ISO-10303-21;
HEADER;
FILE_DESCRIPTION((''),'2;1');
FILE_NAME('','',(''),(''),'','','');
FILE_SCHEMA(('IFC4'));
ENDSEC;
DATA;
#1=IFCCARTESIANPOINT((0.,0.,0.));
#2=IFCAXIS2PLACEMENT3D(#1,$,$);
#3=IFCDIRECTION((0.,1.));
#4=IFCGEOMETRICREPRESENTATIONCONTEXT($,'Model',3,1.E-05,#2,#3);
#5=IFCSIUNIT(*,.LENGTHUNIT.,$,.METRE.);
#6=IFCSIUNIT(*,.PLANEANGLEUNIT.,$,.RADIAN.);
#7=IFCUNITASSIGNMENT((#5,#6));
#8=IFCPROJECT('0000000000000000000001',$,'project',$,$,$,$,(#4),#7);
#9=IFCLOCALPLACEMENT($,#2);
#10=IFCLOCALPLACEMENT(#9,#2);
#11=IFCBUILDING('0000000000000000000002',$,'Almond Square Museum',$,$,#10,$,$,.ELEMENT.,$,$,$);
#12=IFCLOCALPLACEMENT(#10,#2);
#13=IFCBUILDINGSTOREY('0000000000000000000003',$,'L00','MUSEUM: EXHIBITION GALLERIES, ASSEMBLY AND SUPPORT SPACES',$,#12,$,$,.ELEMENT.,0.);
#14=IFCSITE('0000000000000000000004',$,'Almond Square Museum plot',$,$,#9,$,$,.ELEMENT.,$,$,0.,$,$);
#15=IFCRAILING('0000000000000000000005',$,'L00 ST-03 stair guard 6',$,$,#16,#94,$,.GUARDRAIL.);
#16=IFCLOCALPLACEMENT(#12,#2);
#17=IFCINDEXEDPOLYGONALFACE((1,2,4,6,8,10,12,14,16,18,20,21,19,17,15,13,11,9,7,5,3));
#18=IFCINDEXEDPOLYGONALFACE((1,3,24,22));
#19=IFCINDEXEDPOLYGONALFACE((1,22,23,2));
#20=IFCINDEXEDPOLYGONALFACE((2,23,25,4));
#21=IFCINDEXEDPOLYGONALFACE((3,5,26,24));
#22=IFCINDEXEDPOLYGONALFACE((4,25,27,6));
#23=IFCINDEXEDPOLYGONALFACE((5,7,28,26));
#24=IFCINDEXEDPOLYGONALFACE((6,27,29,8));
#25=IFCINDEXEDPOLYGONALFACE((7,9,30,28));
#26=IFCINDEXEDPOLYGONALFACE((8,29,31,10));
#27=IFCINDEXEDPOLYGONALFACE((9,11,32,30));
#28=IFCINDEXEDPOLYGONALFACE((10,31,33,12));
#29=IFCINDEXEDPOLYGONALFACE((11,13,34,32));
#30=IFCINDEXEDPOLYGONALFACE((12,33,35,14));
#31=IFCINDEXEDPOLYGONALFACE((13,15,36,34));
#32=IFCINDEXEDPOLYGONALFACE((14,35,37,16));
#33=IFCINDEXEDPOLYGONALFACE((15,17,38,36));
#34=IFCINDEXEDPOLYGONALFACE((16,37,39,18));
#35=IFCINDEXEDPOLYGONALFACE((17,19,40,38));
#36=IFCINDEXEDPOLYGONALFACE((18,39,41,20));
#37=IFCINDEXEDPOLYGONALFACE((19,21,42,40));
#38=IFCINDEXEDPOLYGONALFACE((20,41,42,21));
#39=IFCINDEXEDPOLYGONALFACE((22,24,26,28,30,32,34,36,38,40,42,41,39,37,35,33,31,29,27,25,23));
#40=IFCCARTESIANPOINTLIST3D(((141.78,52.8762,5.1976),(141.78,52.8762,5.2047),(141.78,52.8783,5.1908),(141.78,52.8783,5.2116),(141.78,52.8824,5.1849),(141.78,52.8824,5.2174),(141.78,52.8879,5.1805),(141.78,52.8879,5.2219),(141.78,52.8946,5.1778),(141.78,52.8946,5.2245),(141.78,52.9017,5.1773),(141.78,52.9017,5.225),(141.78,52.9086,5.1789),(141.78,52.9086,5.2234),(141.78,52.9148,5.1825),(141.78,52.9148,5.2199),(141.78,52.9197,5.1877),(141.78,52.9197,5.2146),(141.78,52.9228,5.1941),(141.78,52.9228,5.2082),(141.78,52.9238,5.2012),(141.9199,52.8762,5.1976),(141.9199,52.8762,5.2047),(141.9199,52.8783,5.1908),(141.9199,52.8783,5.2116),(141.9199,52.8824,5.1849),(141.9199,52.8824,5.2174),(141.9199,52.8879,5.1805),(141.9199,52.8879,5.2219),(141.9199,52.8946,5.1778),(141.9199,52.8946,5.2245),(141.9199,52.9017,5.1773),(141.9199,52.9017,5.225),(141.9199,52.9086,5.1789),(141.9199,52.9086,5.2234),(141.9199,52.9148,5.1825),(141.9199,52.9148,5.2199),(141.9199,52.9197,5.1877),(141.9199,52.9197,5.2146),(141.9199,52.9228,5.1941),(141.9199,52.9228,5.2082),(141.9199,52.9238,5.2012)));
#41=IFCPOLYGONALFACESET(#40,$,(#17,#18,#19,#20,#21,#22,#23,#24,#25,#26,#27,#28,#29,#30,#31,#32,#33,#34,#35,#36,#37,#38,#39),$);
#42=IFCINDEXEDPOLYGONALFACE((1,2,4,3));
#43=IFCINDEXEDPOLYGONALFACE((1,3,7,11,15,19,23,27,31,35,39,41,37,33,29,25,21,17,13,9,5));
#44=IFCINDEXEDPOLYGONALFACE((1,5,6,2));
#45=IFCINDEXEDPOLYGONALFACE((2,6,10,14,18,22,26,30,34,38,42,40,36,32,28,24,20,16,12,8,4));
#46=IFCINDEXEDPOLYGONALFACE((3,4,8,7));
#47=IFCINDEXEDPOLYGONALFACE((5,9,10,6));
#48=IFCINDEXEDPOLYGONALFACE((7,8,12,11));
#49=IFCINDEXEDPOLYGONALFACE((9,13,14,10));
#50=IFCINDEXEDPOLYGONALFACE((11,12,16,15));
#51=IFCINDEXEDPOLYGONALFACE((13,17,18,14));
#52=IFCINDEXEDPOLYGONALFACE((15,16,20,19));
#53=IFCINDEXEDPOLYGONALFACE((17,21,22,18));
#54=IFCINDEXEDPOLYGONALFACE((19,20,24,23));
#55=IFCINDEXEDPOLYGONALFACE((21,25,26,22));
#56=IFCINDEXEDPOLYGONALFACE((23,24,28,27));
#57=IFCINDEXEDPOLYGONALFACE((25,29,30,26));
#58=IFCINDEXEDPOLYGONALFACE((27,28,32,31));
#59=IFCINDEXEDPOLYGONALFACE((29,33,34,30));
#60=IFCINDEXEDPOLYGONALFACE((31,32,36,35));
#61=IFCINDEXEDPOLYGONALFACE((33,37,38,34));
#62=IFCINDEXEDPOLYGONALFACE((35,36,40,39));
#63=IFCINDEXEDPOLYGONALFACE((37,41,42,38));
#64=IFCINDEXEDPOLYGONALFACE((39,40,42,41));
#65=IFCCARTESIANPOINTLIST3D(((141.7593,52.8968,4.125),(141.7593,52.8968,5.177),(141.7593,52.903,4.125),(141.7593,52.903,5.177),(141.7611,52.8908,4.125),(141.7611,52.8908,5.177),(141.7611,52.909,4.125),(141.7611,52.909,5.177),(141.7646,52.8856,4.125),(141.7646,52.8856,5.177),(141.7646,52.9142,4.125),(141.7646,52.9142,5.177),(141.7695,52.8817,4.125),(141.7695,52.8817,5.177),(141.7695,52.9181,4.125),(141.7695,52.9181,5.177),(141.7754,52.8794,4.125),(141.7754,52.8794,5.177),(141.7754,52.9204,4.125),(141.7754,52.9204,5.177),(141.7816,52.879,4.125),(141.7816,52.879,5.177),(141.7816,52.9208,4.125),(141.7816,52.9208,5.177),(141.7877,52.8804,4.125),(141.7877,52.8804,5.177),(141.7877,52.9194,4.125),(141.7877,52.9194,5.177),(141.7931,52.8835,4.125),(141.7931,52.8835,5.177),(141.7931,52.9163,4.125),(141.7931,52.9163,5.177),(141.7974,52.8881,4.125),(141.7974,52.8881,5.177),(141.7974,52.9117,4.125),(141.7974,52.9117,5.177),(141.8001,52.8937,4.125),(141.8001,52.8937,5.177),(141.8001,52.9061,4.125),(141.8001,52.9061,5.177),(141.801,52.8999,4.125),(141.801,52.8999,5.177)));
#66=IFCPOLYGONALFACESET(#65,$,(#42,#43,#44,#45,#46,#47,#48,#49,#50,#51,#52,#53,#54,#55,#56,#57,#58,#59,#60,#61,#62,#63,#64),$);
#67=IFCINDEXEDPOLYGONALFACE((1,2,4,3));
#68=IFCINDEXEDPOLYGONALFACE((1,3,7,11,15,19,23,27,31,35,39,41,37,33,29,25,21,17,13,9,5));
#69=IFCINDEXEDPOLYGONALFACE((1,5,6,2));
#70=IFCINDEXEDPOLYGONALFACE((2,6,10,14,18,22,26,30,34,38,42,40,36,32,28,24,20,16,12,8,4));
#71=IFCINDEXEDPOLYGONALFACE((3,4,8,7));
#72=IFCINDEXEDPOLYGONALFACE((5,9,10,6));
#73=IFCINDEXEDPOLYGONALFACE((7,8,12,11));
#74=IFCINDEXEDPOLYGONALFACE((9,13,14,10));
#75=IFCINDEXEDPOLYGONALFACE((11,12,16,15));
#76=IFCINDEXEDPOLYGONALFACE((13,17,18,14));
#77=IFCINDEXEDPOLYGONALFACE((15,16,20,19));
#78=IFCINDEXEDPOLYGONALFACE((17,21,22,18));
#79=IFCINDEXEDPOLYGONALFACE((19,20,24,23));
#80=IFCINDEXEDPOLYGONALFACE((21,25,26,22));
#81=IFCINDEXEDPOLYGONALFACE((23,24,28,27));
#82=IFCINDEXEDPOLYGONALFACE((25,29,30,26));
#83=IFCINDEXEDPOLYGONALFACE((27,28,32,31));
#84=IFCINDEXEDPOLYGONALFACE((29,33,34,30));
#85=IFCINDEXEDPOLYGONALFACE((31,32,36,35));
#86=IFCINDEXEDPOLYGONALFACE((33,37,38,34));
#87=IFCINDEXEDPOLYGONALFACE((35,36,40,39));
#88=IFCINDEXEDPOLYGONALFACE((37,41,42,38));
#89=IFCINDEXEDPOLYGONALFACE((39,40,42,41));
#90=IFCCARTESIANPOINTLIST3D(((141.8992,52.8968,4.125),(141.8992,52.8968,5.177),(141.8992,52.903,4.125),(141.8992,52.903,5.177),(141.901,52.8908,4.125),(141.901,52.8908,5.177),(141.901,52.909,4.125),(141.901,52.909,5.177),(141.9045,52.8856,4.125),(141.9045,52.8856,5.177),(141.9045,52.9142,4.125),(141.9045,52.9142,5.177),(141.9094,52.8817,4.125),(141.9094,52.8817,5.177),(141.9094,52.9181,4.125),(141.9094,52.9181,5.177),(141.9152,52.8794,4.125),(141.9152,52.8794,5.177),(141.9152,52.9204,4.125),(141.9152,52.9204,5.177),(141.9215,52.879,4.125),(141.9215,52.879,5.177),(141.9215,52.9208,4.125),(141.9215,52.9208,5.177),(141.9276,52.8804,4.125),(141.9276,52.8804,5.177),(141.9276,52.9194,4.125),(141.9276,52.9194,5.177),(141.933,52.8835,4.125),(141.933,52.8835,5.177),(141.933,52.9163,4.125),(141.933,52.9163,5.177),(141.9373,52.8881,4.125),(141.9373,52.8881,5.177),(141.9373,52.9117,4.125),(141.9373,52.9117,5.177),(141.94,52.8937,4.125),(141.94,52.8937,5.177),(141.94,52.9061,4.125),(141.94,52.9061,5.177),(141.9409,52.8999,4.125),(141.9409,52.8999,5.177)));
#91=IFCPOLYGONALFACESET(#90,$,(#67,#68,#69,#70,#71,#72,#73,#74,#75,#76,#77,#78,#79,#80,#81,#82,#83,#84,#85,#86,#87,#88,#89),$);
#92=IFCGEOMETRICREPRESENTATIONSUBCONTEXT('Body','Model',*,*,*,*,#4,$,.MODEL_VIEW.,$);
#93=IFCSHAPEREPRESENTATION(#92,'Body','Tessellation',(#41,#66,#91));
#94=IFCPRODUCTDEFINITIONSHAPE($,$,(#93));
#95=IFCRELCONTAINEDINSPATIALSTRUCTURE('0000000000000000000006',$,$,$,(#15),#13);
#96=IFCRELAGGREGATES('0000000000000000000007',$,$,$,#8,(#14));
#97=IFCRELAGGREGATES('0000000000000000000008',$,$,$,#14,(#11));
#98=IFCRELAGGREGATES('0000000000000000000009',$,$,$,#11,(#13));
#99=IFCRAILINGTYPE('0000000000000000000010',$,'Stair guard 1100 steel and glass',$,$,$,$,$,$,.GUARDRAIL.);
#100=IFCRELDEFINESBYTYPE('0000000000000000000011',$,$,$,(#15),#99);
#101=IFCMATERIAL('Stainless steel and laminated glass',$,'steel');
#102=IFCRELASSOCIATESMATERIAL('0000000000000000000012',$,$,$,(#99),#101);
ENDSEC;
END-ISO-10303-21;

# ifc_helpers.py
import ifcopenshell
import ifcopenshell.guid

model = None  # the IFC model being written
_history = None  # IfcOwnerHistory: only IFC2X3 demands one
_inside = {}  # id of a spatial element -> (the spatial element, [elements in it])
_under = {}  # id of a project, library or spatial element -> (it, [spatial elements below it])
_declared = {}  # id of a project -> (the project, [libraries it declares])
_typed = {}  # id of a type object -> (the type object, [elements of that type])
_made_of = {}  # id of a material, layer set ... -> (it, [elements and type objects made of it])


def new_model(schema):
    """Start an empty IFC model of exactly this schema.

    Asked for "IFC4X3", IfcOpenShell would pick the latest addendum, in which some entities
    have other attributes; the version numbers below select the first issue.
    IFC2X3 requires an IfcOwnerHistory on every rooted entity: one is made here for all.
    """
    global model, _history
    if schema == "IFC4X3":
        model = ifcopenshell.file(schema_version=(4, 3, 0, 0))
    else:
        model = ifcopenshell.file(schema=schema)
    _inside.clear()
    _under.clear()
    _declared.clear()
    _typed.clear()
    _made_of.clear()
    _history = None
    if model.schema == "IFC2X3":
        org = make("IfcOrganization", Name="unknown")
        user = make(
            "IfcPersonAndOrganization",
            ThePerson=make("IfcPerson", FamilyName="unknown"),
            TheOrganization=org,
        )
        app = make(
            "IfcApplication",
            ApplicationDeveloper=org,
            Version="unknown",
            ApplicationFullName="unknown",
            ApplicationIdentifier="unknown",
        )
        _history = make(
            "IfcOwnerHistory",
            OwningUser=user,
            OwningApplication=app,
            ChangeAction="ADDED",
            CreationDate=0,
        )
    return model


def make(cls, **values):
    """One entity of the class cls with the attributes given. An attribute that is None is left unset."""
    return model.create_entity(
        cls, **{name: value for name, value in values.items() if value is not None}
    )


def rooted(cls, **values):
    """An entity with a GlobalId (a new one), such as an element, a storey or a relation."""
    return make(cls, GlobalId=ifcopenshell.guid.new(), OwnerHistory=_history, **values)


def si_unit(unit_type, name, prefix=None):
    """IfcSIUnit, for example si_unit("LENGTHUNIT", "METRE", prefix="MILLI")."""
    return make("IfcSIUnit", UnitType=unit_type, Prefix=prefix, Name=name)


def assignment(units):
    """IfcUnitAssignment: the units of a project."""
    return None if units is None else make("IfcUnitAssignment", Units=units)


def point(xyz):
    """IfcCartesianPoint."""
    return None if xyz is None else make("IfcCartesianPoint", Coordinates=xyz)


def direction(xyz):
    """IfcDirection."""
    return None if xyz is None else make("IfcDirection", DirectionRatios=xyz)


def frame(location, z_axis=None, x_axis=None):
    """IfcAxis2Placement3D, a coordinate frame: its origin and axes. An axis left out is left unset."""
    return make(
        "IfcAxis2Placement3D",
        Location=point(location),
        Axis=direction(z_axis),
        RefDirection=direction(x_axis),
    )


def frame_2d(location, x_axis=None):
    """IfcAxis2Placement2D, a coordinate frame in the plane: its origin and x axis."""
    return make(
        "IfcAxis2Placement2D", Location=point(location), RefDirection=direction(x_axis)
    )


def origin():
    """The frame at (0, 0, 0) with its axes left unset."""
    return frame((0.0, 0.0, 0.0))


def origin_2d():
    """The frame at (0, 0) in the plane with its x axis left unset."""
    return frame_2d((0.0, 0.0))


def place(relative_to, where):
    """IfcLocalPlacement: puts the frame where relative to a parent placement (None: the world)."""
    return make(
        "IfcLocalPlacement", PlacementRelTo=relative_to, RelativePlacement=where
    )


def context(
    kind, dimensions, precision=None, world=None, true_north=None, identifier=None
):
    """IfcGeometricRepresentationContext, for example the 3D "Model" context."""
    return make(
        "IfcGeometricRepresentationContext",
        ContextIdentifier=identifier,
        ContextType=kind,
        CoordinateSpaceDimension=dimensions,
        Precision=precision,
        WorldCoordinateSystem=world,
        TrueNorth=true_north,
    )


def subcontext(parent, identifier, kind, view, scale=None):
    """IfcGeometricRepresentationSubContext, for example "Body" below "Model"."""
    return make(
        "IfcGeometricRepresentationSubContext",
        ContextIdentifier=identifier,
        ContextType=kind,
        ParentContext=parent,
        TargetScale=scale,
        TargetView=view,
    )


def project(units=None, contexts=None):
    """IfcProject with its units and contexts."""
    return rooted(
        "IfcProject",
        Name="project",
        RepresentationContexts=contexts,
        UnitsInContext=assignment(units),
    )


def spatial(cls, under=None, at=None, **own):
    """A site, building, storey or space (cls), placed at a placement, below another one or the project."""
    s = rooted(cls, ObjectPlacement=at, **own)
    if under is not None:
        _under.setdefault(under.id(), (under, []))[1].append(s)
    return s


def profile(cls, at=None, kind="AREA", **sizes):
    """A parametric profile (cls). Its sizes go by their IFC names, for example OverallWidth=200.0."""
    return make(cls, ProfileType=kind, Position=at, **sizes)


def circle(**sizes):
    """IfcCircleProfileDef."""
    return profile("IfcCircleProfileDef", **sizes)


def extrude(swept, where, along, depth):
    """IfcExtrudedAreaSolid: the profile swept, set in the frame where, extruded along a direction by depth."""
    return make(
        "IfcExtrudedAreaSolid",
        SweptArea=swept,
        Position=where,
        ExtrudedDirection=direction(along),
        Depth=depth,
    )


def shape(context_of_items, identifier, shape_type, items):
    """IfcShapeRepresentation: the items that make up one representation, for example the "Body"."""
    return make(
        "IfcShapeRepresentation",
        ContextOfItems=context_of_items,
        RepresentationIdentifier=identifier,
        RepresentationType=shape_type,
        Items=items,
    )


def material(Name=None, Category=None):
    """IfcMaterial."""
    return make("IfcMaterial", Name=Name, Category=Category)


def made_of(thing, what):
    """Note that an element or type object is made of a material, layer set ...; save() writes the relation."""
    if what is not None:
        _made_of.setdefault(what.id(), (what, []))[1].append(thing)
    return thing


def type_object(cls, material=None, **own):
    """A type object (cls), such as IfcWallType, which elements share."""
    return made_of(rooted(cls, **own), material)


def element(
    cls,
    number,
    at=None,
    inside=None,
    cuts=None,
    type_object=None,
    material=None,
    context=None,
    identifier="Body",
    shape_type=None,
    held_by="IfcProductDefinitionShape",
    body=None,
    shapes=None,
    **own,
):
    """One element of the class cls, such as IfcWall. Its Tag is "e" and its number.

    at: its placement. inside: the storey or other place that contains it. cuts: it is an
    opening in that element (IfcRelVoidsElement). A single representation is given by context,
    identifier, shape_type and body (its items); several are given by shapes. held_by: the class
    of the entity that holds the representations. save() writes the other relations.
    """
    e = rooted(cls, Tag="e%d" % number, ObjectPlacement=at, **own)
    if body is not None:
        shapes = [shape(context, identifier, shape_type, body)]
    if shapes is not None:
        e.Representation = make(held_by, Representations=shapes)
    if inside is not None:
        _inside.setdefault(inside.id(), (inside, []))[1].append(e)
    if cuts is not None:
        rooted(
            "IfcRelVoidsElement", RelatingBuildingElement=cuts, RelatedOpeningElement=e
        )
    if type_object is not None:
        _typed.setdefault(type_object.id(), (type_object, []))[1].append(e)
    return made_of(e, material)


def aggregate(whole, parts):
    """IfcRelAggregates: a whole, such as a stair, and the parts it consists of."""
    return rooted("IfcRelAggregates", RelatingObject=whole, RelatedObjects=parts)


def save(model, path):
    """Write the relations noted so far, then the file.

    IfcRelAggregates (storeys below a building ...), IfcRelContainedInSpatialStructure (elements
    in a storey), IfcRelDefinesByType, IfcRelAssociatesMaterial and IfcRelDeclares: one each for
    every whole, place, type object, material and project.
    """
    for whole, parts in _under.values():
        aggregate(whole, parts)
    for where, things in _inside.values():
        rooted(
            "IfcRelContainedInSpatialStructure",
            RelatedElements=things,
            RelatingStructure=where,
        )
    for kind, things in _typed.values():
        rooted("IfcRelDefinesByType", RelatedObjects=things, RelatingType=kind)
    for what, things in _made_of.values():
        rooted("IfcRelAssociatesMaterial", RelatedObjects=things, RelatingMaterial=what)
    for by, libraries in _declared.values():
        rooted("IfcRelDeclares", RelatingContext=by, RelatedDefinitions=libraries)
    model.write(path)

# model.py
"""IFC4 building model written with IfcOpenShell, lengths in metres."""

from ifc_helpers import new_model, si_unit, direction, frame, origin, origin_2d, place, context, subcontext, project, spatial, circle, extrude, material, type_object, element, save


model = new_model("IFC4")

# Units and contexts
model_context = context("Model", 3, precision=1e-05, world=origin(), true_north=direction((0.0, 1.0)))
body_context = subcontext(model_context, "Body", "Model", "MODEL_VIEW")
ifc_project = project(units=[si_unit("LENGTHUNIT", "METRE"), si_unit("PLANEANGLEUNIT", "RADIAN")], contexts=[model_context])

# Site, building, storey
site_placement = place(None, origin())
site = spatial("IfcSite", under=ifc_project, at=site_placement, Name="Almond Square Museum plot", CompositionType="ELEMENT", RefElevation=0.0)
building_placement = place(site_placement, origin())
building = spatial("IfcBuilding", under=site, at=building_placement, Name="Almond Square Museum", CompositionType="ELEMENT")
storey_placement = place(building_placement, origin())
storey = spatial("IfcBuildingStorey", under=building, at=storey_placement, Name="L00", Description="MUSEUM: EXHIBITION GALLERIES, ASSEMBLY AND SUPPORT SPACES", CompositionType="ELEMENT", Elevation=0.0)

# Railing
ifc_material_1 = material(Name="Stainless steel and laminated glass", Category="steel")
railing_type_1 = type_object("IfcRailingType", Name="Stair guard 1100 steel and glass", PredefinedType="GUARDRAIL", material=ifc_material_1)
railing_1_placement = place(storey_placement, frame((141.78, 52.8999, 4.125)))
element("IfcRailing", 1, at=railing_1_placement, inside=storey, type_object=railing_type_1, Name="L00 ST-03 stair guard 6", PredefinedType="GUARDRAIL", context=body_context, shape_type="SweptSolid", body=[
    extrude(circle(Radius=0.0239, at=origin_2d()), frame((0.0, 0.0, 1.0762), z_axis=(1.0, 0.0, 0.0), x_axis=(0.0, 1.0, 0.0)), (0.0, 0.0, 1.0), 0.1399),
    extrude(circle(Radius=0.021, at=origin_2d()), origin(), (0.0, 0.0, 1.0), 1.052),
    extrude(circle(Radius=0.021, at=origin_2d()), frame((0.1399, 0.0, 0.0)), (0.0, 0.0, 1.0), 1.052),
])

save(model, "model.ifc")
